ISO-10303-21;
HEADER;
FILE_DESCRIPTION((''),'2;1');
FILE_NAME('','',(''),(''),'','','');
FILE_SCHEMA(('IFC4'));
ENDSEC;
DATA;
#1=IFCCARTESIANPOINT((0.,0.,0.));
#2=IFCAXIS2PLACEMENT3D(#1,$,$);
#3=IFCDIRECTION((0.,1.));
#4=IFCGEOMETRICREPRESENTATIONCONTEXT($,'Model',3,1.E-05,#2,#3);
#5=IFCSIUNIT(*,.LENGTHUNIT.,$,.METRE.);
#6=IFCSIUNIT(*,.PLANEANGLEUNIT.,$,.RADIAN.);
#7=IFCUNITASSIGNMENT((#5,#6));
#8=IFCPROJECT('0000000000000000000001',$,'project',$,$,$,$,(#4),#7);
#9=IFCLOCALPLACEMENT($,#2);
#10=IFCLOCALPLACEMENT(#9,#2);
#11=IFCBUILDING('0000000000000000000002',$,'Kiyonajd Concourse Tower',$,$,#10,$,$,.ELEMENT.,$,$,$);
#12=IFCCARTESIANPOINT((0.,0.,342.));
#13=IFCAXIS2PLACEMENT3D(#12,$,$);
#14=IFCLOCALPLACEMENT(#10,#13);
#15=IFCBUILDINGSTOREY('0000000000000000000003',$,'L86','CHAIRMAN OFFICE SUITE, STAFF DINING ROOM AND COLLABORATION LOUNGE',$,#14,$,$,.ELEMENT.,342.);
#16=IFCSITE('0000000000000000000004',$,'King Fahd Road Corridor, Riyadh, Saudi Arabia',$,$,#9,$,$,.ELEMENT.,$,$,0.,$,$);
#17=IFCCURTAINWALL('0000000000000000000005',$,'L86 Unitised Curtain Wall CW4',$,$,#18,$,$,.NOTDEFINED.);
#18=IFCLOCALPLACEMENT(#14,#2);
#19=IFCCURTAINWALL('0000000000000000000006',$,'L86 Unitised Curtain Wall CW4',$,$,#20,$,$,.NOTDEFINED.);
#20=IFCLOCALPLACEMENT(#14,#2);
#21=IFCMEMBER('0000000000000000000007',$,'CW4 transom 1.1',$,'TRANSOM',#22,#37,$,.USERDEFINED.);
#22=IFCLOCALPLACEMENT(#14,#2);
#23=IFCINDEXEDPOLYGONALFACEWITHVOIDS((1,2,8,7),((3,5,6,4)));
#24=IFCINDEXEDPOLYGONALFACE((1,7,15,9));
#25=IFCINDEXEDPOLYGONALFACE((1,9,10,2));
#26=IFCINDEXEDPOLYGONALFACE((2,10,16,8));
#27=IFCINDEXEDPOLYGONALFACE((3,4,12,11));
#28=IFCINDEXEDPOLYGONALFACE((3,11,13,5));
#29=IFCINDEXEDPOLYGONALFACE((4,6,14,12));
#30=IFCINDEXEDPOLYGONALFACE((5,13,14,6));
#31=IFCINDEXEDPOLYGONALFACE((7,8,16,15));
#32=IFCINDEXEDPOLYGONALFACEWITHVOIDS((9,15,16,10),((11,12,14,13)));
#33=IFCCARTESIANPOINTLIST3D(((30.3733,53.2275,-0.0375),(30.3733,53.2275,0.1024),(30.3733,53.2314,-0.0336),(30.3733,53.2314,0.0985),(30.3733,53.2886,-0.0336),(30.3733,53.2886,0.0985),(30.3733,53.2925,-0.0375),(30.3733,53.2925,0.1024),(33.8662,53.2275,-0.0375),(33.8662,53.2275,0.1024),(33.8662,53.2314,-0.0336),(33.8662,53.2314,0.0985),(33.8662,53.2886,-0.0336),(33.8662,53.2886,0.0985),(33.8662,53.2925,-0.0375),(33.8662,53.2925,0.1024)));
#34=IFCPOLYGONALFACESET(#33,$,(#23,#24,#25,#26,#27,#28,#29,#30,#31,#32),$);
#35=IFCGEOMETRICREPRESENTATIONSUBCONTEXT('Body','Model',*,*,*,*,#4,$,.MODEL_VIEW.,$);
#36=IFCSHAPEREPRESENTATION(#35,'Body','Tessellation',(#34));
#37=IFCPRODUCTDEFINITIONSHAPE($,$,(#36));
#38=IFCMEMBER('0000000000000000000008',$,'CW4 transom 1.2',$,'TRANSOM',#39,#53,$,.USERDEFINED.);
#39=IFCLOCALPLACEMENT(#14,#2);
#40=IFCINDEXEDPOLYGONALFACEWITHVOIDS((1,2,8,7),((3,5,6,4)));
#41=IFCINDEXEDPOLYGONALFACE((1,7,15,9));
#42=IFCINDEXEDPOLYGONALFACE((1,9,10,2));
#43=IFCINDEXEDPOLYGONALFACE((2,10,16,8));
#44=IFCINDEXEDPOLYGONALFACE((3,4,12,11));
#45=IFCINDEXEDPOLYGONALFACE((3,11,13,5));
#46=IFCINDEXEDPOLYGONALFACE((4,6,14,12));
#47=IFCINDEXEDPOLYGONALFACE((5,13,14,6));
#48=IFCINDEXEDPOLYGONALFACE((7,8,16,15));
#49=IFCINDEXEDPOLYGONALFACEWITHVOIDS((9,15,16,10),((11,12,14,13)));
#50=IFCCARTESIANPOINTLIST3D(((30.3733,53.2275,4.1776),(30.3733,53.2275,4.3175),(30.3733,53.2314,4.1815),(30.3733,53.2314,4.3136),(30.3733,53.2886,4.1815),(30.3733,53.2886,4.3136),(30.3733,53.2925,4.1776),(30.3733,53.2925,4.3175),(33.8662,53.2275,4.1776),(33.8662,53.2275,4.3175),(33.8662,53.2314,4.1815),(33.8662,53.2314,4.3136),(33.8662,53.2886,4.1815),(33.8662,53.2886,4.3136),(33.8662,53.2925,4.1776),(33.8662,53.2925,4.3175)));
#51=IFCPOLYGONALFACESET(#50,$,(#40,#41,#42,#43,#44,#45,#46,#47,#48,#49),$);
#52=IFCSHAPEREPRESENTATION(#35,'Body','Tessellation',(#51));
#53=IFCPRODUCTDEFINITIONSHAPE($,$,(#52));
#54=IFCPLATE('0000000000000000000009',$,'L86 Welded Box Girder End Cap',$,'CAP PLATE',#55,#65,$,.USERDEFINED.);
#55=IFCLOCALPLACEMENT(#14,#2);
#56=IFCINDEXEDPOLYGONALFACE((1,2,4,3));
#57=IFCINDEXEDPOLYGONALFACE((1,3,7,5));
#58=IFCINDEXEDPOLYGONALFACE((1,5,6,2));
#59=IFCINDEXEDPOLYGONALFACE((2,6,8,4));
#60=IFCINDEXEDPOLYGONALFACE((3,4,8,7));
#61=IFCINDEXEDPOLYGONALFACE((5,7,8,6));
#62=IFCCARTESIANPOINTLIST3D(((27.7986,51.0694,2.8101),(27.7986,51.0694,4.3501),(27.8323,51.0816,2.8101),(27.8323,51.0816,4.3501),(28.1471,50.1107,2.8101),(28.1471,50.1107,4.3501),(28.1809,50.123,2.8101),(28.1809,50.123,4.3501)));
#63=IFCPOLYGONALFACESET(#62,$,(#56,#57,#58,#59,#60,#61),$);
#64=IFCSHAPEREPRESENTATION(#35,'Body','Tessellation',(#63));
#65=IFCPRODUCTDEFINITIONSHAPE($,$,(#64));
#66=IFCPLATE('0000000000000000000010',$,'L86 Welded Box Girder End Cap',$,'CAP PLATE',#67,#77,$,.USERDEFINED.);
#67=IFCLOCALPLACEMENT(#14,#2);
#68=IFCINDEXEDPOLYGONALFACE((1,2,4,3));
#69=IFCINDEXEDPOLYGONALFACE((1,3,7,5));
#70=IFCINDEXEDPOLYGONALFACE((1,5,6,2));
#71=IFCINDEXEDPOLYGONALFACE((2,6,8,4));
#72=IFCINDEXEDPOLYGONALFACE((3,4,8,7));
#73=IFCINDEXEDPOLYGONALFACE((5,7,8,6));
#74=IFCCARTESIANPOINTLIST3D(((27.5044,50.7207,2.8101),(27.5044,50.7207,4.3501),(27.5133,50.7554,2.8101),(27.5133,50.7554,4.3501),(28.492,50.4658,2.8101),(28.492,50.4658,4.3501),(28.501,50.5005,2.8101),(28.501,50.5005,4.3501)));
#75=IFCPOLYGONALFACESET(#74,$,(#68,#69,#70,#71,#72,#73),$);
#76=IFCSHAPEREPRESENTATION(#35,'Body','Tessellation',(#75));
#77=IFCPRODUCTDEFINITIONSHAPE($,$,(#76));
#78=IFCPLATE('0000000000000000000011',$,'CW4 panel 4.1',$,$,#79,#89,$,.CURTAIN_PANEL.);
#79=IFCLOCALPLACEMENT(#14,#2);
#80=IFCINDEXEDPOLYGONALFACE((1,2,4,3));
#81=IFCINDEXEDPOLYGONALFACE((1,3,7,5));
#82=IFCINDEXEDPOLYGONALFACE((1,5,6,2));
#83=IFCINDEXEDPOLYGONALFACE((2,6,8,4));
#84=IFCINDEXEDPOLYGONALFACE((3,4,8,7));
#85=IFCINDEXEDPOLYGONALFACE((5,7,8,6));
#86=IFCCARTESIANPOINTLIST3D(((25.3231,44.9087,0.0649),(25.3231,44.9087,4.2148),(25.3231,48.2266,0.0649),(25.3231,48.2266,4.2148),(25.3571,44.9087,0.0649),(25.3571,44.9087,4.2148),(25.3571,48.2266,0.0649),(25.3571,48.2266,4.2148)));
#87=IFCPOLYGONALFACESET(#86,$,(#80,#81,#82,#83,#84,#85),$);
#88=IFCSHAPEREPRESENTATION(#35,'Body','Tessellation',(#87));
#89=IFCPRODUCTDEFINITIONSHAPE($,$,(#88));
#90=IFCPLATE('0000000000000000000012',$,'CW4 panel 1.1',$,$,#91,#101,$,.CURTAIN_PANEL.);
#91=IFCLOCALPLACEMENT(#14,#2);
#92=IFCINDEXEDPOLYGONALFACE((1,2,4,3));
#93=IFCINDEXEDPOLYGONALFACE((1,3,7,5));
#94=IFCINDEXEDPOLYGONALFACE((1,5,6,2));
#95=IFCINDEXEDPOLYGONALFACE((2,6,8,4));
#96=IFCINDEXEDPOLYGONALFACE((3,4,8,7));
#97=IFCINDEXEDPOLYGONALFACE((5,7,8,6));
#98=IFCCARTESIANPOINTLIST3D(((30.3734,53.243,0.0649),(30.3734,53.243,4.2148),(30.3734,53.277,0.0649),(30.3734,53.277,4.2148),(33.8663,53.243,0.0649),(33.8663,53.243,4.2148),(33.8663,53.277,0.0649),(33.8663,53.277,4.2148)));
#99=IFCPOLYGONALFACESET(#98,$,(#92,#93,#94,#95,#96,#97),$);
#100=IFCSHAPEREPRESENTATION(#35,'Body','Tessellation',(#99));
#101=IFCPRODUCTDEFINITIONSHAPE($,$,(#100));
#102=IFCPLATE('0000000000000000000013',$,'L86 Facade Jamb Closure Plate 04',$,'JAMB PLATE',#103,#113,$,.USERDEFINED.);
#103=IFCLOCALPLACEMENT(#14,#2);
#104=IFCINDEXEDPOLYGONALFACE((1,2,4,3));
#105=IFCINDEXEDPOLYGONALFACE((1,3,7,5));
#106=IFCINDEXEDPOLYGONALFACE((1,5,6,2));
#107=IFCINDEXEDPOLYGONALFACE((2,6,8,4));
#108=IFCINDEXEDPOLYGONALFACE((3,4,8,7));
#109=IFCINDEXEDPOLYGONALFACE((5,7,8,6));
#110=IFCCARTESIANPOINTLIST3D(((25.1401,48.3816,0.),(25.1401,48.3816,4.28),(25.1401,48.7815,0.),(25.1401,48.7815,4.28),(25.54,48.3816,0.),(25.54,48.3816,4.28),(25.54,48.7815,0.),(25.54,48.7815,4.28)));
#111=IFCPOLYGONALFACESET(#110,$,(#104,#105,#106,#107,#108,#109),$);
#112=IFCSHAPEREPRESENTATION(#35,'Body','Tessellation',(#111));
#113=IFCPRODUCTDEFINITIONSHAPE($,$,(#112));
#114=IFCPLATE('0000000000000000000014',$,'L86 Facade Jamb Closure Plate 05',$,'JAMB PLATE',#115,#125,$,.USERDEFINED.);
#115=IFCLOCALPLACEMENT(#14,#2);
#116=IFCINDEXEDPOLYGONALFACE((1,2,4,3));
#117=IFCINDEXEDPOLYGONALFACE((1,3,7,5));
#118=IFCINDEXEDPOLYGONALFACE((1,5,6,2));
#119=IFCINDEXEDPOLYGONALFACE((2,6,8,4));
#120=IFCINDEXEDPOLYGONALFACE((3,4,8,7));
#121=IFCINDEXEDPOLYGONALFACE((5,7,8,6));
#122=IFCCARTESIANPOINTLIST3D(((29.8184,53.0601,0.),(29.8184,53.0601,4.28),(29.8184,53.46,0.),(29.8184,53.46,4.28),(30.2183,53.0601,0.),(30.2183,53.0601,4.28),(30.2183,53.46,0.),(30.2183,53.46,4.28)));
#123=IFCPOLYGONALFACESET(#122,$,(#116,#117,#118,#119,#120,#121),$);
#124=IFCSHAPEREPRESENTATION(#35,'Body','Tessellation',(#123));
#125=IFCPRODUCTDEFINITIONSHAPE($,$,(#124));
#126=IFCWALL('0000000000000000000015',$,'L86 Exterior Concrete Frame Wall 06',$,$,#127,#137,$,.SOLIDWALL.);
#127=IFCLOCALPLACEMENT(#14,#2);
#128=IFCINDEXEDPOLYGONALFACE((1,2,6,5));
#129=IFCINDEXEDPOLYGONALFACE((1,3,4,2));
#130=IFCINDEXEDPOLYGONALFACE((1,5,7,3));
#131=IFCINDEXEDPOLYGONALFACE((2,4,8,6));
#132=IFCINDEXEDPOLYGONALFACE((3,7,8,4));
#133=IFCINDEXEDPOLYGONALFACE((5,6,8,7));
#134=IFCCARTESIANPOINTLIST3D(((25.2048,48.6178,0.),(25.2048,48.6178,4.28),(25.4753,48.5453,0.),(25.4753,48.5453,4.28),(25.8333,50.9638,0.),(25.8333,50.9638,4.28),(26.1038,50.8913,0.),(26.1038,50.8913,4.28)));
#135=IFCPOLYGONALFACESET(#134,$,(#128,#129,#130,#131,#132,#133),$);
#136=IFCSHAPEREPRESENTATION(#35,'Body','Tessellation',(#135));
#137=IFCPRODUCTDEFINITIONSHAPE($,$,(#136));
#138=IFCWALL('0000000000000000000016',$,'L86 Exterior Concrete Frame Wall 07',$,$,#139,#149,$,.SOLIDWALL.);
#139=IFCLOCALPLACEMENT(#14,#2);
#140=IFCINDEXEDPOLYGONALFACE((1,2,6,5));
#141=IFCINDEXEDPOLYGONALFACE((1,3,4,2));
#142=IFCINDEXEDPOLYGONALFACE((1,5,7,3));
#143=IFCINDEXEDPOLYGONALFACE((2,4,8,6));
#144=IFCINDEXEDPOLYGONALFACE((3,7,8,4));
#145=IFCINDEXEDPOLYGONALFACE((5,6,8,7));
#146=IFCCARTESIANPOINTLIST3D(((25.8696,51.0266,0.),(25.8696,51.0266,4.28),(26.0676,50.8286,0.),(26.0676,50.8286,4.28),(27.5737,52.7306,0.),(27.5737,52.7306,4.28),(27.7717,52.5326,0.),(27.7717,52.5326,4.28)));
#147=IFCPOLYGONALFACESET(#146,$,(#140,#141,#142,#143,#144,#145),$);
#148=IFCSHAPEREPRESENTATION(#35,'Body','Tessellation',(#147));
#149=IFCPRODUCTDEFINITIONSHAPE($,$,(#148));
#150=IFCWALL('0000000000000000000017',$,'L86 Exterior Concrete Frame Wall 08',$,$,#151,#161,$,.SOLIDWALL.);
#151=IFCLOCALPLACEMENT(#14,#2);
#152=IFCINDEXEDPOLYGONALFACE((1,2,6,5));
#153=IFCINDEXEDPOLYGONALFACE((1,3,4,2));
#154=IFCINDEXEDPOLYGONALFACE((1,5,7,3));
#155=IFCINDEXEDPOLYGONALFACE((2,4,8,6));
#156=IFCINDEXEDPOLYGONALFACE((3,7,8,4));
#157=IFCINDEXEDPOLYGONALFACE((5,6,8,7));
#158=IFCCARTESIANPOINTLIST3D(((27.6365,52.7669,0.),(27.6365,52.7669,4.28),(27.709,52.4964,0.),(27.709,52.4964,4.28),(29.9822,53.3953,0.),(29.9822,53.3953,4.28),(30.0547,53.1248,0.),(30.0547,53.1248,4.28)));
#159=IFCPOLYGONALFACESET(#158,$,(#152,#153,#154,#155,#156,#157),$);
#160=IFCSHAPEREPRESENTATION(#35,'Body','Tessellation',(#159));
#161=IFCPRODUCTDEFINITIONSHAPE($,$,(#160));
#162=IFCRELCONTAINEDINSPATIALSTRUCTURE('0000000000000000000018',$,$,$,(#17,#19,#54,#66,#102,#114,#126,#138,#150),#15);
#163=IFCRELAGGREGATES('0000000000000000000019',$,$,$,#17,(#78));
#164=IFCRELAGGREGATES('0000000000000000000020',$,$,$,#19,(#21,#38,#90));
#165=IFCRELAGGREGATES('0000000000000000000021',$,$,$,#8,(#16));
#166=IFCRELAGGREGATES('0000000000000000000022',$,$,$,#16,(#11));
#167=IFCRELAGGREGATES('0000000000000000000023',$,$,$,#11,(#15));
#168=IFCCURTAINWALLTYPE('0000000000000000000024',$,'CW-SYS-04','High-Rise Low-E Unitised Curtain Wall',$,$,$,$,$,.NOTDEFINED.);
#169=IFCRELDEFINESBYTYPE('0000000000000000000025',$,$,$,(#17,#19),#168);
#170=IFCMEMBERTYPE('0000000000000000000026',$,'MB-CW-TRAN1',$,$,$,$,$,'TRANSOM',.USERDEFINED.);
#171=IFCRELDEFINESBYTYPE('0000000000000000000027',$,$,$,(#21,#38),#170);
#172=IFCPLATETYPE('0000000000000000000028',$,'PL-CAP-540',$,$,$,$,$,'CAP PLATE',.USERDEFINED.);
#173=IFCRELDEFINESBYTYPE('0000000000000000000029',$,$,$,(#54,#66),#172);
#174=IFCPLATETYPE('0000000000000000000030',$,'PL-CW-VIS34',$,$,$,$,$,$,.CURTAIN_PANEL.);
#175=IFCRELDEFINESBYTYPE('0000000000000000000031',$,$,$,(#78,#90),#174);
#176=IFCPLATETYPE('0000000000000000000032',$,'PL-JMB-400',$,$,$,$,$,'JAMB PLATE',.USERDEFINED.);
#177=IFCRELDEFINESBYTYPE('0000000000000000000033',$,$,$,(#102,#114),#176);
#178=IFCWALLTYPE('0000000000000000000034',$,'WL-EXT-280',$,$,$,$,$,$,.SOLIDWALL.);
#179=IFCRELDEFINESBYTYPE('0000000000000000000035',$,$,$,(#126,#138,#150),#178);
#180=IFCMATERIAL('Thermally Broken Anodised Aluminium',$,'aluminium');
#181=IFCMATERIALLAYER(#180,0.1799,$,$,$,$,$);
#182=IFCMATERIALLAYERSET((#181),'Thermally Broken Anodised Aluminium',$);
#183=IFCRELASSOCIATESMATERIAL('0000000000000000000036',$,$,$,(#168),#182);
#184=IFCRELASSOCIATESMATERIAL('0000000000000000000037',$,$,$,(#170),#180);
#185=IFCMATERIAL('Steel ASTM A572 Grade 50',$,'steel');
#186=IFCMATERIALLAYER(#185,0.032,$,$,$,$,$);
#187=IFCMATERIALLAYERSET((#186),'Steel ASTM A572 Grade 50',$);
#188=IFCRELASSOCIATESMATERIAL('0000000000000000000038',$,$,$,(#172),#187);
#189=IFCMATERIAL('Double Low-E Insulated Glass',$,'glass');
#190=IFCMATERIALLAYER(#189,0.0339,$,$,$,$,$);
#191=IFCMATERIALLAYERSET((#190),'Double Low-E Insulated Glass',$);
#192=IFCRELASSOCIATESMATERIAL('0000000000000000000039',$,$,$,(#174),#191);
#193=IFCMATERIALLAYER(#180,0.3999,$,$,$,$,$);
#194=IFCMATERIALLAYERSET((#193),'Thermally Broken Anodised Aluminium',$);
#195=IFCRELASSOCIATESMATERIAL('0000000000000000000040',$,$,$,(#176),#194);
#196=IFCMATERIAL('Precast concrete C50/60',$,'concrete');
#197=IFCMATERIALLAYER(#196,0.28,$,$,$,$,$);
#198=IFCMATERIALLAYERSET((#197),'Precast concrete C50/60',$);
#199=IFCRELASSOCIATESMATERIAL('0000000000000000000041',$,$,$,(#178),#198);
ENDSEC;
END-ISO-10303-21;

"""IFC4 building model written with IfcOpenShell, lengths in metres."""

from ifc_helpers import new_model, si_unit, direction, frame, frame_2d, origin, origin_2d, place, context, subcontext, project, spatial, rectangle, hollow_rectangle, extrude, material, layer, layer_set, material_profile, profile_set, type_object, element, aggregate, save


model = new_model("IFC4")

# Units and contexts
model_context = context("Model", 3, precision=1e-05, world=origin(), true_north=direction((0.0, 1.0)))
body_context = subcontext(model_context, "Body", "Model", "MODEL_VIEW")
ifc_project = project(units=[si_unit("LENGTHUNIT", "METRE"), si_unit("PLANEANGLEUNIT", "RADIAN")], contexts=[model_context])

# Site, building, storey
site_placement = place(None, origin())
site = spatial("IfcSite", under=ifc_project, at=site_placement, Name="King Fahd Road Corridor, Riyadh, Saudi Arabia", CompositionType="ELEMENT", RefElevation=0.0)
building_placement = place(site_placement, origin())
building = spatial("IfcBuilding", under=site, at=building_placement, Name="Kiyonajd Concourse Tower", CompositionType="ELEMENT")
storey_placement = place(building_placement, frame((0.0, 0.0, 342.0)))
storey = spatial("IfcBuildingStorey", under=building, at=storey_placement, Name="L86", Description="CHAIRMAN OFFICE SUITE, STAFF DINING ROOM AND COLLABORATION LOUNGE", CompositionType="ELEMENT", Elevation=342.0)

# Shared definitions
ifc_material_1 = material(Name="Steel ASTM A572 Grade 50", Category="steel")

# Curtain wall
ifc_material_2 = material(Name="Thermally Broken Anodised Aluminium", Category="aluminium")
ifc_layer_1 = layer(ifc_material_2, 0.1799)
ifc_layer_set_1 = layer_set([ifc_layer_1], Name="Thermally Broken Anodised Aluminium")
curtain_wall_type = type_object("IfcCurtainWallType", Name="CW-SYS-04", Description="High-Rise Low-E Unitised Curtain Wall", PredefinedType="NOTDEFINED", material=ifc_layer_set_1)
curtain_wall_1_placement = place(storey_placement, origin())
curtain_wall_1 = element("IfcCurtainWall", 1, at=curtain_wall_1_placement, inside=storey, type_object=curtain_wall_type, Name="L86 Unitised Curtain Wall CW4", PredefinedType="NOTDEFINED")

# Curtain wall
curtain_wall_2_placement = place(storey_placement, origin())
curtain_wall_2 = element("IfcCurtainWall", 2, at=curtain_wall_2_placement, inside=storey, type_object=curtain_wall_type, Name="L86 Unitised Curtain Wall CW4", PredefinedType="NOTDEFINED")

# Members
ifc_material_profile_1 = material_profile(ifc_material_2, hollow_rectangle(XDim=0.0649, YDim=0.1399, WallThickness=0.0039, at=origin_2d()), Name="TRAN-65x140")
ifc_profile_set_1 = profile_set([ifc_material_profile_1], Name="Thermally Broken Anodised Aluminium")
member_type_1 = type_object("IfcMemberType", Name="MB-CW-TRAN1", ElementType="TRANSOM", PredefinedType="USERDEFINED", material=ifc_profile_set_1)
member_1_placement = place(storey_placement, frame((30.3733, 53.26, 0.0325), z_axis=(1.0, 0.0, 0.0), x_axis=(0.0, 1.0, 0.0)))
member_1 = element("IfcMember", 3, at=member_1_placement, type_object=member_type_1, Name="CW4 transom 1.1", ObjectType="TRANSOM", PredefinedType="USERDEFINED", context=body_context, shape_type="SweptSolid", body=[
    extrude(hollow_rectangle(XDim=0.0649, YDim=0.1399, WallThickness=0.0039, at=origin_2d()), origin(), (0.0, 0.0, 1.0), 3.4929),
])
member_2_placement = place(storey_placement, frame((30.3733, 53.26, 4.2476), z_axis=(1.0, 0.0, 0.0), x_axis=(0.0, 1.0, 0.0)))
member_2 = element("IfcMember", 4, at=member_2_placement, type_object=member_type_1, Name="CW4 transom 1.2", ObjectType="TRANSOM", PredefinedType="USERDEFINED", context=body_context, shape_type="SweptSolid", body=[
    extrude(hollow_rectangle(XDim=0.0649, YDim=0.1399, WallThickness=0.0039, at=origin_2d()), origin(), (0.0, 0.0, 1.0), 3.4929),
])

# Plates
ifc_layer_2 = layer(ifc_material_1, 0.032)
ifc_layer_set_2 = layer_set([ifc_layer_2], Name="Steel ASTM A572 Grade 50")
plate_type_1 = type_object("IfcPlateType", Name="PL-CAP-540", ElementType="CAP PLATE", PredefinedType="USERDEFINED", material=ifc_layer_set_2)
for number, where, z_axis, x_axis, name in (
    (5, (27.9897, 50.5962, 2.8101), (0.0, 0.0, 1.0), (-0.939812, -0.341692, 0.0), "L86 Welded Box Girder End Cap"),
    (6, (28.0027, 50.6106, 2.8101), (0.0, 0.0, 1.0), (0.249873, 0.968279, 0.0), "L86 Welded Box Girder End Cap"),
):
    element("IfcPlate", number, at=place(storey_placement, frame(where, z_axis=z_axis, x_axis=x_axis)), inside=storey, type_object=plate_type_1, Name=name, ObjectType="CAP PLATE", PredefinedType="USERDEFINED", context=body_context, shape_type="SweptSolid", body=[
        extrude(rectangle(XDim=0.0359, YDim=1.02, at=origin_2d()), origin(), (0.0, 0.0, 1.0), 1.54),
    ])

# Plates
ifc_material_3 = material(Name="Double Low-E Insulated Glass", Category="glass")
ifc_layer_3 = layer(ifc_material_3, 0.0339)
ifc_layer_set_3 = layer_set([ifc_layer_3], Name="Double Low-E Insulated Glass")
plate_type_2 = type_object("IfcPlateType", Name="PL-CW-VIS34", PredefinedType="CURTAIN_PANEL", material=ifc_layer_set_3)
plate_1_placement = place(storey_placement, frame((25.3401, 46.5676, 0.0649), z_axis=(0.0, 0.0, 1.0), x_axis=(0.0, 1.0, 0.0)))
plate_1 = element("IfcPlate", 7, at=plate_1_placement, type_object=plate_type_2, Name="CW4 panel 4.1", PredefinedType="CURTAIN_PANEL", context=body_context, shape_type="SweptSolid", body=[
    extrude(rectangle(XDim=3.3179, YDim=0.0339, at=origin_2d()), origin(), (0.0, 0.0, 1.0), 4.1499),
])
aggregate(curtain_wall_1, [plate_1])
plate_2_placement = place(storey_placement, frame((32.1199, 53.26, 0.0649), z_axis=(0.0, 0.0, 1.0), x_axis=(1.0, 0.0, 0.0)))
plate_2 = element("IfcPlate", 8, at=plate_2_placement, type_object=plate_type_2, Name="CW4 panel 1.1", PredefinedType="CURTAIN_PANEL", context=body_context, shape_type="SweptSolid", body=[
    extrude(rectangle(XDim=3.4929, YDim=0.0339, at=origin_2d()), origin(), (0.0, 0.0, 1.0), 4.1499),
])
aggregate(curtain_wall_2, [member_1, member_2, plate_2])

# Plates
ifc_layer_4 = layer(ifc_material_2, 0.3999)
ifc_layer_set_4 = layer_set([ifc_layer_4], Name="Thermally Broken Anodised Aluminium")
plate_type_3 = type_object("IfcPlateType", Name="PL-JMB-400", ElementType="JAMB PLATE", PredefinedType="USERDEFINED", material=ifc_layer_set_4)
for number, where, z_axis, x_axis, name in (
    (9, (25.3401, 48.5815, 0.0), (0.0, 0.0, 1.0), (1.0, 0.0, 0.0), "L86 Facade Jamb Closure Plate 04"),
    (10, (30.0183, 53.26, 0.0), (0.0, 0.0, 1.0), (1.0, 0.0, 0.0), "L86 Facade Jamb Closure Plate 05"),
):
    element("IfcPlate", number, at=place(storey_placement, frame(where, z_axis=z_axis, x_axis=x_axis)), inside=storey, type_object=plate_type_3, Name=name, ObjectType="JAMB PLATE", PredefinedType="USERDEFINED", context=body_context, shape_type="SweptSolid", body=[
        extrude(rectangle(XDim=0.3999, YDim=0.3999, at=origin_2d()), origin(), (0.0, 0.0, 1.0), 4.28),
    ])

# Walls
ifc_material_4 = material(Name="Precast concrete C50/60", Category="concrete")
ifc_layer_5 = layer(ifc_material_4, 0.28)
ifc_layer_set_5 = layer_set([ifc_layer_5], Name="Precast concrete C50/60")
wall_type_1 = type_object("IfcWallType", Name="WL-EXT-280", PredefinedType="SOLIDWALL", material=ifc_layer_set_5)
wall_1_placement = place(storey_placement, frame((25.3401, 48.5815, 0.0), z_axis=(0.0, 0.0, 1.0), x_axis=(0.258751, 0.965944, 0.0)))
element("IfcWall", 11, at=wall_1_placement, inside=storey, type_object=wall_type_1, Name="L86 Exterior Concrete Frame Wall 06", PredefinedType="SOLIDWALL", context=body_context, shape_type="SweptSolid", body=[
    extrude(rectangle(XDim=2.4287, YDim=0.28, at=frame_2d((1.2144, 0.0))), origin(), (0.0, 0.0, 1.0), 4.28),
])
wall_2_placement = place(storey_placement, frame((25.9685, 50.9275, 0.0), z_axis=(0.0, 0.0, 1.0), x_axis=(0.707107, 0.707107, 0.0)))
element("IfcWall", 12, at=wall_2_placement, inside=storey, type_object=wall_type_1, Name="L86 Exterior Concrete Frame Wall 07", PredefinedType="SOLIDWALL", context=body_context, shape_type="SweptSolid", body=[
    extrude(rectangle(XDim=2.4099, YDim=0.28, at=frame_2d((1.2051, 0.0))), origin(), (0.0, 0.0, 1.0), 4.28),
])
wall_3_placement = place(storey_placement, frame((27.6726, 52.6316, 0.0), z_axis=(0.0, 0.0, 1.0), x_axis=(0.965937, 0.258776, 0.0)))
element("IfcWall", 13, at=wall_3_placement, inside=storey, type_object=wall_type_1, Name="L86 Exterior Concrete Frame Wall 08", PredefinedType="SOLIDWALL", context=body_context, shape_type="SweptSolid", body=[
    extrude(rectangle(XDim=2.4285, YDim=0.28, at=frame_2d((1.2144, 0.0))), origin(), (0.0, 0.0, 1.0), 4.28),
])

save(model, "model.ifc")
